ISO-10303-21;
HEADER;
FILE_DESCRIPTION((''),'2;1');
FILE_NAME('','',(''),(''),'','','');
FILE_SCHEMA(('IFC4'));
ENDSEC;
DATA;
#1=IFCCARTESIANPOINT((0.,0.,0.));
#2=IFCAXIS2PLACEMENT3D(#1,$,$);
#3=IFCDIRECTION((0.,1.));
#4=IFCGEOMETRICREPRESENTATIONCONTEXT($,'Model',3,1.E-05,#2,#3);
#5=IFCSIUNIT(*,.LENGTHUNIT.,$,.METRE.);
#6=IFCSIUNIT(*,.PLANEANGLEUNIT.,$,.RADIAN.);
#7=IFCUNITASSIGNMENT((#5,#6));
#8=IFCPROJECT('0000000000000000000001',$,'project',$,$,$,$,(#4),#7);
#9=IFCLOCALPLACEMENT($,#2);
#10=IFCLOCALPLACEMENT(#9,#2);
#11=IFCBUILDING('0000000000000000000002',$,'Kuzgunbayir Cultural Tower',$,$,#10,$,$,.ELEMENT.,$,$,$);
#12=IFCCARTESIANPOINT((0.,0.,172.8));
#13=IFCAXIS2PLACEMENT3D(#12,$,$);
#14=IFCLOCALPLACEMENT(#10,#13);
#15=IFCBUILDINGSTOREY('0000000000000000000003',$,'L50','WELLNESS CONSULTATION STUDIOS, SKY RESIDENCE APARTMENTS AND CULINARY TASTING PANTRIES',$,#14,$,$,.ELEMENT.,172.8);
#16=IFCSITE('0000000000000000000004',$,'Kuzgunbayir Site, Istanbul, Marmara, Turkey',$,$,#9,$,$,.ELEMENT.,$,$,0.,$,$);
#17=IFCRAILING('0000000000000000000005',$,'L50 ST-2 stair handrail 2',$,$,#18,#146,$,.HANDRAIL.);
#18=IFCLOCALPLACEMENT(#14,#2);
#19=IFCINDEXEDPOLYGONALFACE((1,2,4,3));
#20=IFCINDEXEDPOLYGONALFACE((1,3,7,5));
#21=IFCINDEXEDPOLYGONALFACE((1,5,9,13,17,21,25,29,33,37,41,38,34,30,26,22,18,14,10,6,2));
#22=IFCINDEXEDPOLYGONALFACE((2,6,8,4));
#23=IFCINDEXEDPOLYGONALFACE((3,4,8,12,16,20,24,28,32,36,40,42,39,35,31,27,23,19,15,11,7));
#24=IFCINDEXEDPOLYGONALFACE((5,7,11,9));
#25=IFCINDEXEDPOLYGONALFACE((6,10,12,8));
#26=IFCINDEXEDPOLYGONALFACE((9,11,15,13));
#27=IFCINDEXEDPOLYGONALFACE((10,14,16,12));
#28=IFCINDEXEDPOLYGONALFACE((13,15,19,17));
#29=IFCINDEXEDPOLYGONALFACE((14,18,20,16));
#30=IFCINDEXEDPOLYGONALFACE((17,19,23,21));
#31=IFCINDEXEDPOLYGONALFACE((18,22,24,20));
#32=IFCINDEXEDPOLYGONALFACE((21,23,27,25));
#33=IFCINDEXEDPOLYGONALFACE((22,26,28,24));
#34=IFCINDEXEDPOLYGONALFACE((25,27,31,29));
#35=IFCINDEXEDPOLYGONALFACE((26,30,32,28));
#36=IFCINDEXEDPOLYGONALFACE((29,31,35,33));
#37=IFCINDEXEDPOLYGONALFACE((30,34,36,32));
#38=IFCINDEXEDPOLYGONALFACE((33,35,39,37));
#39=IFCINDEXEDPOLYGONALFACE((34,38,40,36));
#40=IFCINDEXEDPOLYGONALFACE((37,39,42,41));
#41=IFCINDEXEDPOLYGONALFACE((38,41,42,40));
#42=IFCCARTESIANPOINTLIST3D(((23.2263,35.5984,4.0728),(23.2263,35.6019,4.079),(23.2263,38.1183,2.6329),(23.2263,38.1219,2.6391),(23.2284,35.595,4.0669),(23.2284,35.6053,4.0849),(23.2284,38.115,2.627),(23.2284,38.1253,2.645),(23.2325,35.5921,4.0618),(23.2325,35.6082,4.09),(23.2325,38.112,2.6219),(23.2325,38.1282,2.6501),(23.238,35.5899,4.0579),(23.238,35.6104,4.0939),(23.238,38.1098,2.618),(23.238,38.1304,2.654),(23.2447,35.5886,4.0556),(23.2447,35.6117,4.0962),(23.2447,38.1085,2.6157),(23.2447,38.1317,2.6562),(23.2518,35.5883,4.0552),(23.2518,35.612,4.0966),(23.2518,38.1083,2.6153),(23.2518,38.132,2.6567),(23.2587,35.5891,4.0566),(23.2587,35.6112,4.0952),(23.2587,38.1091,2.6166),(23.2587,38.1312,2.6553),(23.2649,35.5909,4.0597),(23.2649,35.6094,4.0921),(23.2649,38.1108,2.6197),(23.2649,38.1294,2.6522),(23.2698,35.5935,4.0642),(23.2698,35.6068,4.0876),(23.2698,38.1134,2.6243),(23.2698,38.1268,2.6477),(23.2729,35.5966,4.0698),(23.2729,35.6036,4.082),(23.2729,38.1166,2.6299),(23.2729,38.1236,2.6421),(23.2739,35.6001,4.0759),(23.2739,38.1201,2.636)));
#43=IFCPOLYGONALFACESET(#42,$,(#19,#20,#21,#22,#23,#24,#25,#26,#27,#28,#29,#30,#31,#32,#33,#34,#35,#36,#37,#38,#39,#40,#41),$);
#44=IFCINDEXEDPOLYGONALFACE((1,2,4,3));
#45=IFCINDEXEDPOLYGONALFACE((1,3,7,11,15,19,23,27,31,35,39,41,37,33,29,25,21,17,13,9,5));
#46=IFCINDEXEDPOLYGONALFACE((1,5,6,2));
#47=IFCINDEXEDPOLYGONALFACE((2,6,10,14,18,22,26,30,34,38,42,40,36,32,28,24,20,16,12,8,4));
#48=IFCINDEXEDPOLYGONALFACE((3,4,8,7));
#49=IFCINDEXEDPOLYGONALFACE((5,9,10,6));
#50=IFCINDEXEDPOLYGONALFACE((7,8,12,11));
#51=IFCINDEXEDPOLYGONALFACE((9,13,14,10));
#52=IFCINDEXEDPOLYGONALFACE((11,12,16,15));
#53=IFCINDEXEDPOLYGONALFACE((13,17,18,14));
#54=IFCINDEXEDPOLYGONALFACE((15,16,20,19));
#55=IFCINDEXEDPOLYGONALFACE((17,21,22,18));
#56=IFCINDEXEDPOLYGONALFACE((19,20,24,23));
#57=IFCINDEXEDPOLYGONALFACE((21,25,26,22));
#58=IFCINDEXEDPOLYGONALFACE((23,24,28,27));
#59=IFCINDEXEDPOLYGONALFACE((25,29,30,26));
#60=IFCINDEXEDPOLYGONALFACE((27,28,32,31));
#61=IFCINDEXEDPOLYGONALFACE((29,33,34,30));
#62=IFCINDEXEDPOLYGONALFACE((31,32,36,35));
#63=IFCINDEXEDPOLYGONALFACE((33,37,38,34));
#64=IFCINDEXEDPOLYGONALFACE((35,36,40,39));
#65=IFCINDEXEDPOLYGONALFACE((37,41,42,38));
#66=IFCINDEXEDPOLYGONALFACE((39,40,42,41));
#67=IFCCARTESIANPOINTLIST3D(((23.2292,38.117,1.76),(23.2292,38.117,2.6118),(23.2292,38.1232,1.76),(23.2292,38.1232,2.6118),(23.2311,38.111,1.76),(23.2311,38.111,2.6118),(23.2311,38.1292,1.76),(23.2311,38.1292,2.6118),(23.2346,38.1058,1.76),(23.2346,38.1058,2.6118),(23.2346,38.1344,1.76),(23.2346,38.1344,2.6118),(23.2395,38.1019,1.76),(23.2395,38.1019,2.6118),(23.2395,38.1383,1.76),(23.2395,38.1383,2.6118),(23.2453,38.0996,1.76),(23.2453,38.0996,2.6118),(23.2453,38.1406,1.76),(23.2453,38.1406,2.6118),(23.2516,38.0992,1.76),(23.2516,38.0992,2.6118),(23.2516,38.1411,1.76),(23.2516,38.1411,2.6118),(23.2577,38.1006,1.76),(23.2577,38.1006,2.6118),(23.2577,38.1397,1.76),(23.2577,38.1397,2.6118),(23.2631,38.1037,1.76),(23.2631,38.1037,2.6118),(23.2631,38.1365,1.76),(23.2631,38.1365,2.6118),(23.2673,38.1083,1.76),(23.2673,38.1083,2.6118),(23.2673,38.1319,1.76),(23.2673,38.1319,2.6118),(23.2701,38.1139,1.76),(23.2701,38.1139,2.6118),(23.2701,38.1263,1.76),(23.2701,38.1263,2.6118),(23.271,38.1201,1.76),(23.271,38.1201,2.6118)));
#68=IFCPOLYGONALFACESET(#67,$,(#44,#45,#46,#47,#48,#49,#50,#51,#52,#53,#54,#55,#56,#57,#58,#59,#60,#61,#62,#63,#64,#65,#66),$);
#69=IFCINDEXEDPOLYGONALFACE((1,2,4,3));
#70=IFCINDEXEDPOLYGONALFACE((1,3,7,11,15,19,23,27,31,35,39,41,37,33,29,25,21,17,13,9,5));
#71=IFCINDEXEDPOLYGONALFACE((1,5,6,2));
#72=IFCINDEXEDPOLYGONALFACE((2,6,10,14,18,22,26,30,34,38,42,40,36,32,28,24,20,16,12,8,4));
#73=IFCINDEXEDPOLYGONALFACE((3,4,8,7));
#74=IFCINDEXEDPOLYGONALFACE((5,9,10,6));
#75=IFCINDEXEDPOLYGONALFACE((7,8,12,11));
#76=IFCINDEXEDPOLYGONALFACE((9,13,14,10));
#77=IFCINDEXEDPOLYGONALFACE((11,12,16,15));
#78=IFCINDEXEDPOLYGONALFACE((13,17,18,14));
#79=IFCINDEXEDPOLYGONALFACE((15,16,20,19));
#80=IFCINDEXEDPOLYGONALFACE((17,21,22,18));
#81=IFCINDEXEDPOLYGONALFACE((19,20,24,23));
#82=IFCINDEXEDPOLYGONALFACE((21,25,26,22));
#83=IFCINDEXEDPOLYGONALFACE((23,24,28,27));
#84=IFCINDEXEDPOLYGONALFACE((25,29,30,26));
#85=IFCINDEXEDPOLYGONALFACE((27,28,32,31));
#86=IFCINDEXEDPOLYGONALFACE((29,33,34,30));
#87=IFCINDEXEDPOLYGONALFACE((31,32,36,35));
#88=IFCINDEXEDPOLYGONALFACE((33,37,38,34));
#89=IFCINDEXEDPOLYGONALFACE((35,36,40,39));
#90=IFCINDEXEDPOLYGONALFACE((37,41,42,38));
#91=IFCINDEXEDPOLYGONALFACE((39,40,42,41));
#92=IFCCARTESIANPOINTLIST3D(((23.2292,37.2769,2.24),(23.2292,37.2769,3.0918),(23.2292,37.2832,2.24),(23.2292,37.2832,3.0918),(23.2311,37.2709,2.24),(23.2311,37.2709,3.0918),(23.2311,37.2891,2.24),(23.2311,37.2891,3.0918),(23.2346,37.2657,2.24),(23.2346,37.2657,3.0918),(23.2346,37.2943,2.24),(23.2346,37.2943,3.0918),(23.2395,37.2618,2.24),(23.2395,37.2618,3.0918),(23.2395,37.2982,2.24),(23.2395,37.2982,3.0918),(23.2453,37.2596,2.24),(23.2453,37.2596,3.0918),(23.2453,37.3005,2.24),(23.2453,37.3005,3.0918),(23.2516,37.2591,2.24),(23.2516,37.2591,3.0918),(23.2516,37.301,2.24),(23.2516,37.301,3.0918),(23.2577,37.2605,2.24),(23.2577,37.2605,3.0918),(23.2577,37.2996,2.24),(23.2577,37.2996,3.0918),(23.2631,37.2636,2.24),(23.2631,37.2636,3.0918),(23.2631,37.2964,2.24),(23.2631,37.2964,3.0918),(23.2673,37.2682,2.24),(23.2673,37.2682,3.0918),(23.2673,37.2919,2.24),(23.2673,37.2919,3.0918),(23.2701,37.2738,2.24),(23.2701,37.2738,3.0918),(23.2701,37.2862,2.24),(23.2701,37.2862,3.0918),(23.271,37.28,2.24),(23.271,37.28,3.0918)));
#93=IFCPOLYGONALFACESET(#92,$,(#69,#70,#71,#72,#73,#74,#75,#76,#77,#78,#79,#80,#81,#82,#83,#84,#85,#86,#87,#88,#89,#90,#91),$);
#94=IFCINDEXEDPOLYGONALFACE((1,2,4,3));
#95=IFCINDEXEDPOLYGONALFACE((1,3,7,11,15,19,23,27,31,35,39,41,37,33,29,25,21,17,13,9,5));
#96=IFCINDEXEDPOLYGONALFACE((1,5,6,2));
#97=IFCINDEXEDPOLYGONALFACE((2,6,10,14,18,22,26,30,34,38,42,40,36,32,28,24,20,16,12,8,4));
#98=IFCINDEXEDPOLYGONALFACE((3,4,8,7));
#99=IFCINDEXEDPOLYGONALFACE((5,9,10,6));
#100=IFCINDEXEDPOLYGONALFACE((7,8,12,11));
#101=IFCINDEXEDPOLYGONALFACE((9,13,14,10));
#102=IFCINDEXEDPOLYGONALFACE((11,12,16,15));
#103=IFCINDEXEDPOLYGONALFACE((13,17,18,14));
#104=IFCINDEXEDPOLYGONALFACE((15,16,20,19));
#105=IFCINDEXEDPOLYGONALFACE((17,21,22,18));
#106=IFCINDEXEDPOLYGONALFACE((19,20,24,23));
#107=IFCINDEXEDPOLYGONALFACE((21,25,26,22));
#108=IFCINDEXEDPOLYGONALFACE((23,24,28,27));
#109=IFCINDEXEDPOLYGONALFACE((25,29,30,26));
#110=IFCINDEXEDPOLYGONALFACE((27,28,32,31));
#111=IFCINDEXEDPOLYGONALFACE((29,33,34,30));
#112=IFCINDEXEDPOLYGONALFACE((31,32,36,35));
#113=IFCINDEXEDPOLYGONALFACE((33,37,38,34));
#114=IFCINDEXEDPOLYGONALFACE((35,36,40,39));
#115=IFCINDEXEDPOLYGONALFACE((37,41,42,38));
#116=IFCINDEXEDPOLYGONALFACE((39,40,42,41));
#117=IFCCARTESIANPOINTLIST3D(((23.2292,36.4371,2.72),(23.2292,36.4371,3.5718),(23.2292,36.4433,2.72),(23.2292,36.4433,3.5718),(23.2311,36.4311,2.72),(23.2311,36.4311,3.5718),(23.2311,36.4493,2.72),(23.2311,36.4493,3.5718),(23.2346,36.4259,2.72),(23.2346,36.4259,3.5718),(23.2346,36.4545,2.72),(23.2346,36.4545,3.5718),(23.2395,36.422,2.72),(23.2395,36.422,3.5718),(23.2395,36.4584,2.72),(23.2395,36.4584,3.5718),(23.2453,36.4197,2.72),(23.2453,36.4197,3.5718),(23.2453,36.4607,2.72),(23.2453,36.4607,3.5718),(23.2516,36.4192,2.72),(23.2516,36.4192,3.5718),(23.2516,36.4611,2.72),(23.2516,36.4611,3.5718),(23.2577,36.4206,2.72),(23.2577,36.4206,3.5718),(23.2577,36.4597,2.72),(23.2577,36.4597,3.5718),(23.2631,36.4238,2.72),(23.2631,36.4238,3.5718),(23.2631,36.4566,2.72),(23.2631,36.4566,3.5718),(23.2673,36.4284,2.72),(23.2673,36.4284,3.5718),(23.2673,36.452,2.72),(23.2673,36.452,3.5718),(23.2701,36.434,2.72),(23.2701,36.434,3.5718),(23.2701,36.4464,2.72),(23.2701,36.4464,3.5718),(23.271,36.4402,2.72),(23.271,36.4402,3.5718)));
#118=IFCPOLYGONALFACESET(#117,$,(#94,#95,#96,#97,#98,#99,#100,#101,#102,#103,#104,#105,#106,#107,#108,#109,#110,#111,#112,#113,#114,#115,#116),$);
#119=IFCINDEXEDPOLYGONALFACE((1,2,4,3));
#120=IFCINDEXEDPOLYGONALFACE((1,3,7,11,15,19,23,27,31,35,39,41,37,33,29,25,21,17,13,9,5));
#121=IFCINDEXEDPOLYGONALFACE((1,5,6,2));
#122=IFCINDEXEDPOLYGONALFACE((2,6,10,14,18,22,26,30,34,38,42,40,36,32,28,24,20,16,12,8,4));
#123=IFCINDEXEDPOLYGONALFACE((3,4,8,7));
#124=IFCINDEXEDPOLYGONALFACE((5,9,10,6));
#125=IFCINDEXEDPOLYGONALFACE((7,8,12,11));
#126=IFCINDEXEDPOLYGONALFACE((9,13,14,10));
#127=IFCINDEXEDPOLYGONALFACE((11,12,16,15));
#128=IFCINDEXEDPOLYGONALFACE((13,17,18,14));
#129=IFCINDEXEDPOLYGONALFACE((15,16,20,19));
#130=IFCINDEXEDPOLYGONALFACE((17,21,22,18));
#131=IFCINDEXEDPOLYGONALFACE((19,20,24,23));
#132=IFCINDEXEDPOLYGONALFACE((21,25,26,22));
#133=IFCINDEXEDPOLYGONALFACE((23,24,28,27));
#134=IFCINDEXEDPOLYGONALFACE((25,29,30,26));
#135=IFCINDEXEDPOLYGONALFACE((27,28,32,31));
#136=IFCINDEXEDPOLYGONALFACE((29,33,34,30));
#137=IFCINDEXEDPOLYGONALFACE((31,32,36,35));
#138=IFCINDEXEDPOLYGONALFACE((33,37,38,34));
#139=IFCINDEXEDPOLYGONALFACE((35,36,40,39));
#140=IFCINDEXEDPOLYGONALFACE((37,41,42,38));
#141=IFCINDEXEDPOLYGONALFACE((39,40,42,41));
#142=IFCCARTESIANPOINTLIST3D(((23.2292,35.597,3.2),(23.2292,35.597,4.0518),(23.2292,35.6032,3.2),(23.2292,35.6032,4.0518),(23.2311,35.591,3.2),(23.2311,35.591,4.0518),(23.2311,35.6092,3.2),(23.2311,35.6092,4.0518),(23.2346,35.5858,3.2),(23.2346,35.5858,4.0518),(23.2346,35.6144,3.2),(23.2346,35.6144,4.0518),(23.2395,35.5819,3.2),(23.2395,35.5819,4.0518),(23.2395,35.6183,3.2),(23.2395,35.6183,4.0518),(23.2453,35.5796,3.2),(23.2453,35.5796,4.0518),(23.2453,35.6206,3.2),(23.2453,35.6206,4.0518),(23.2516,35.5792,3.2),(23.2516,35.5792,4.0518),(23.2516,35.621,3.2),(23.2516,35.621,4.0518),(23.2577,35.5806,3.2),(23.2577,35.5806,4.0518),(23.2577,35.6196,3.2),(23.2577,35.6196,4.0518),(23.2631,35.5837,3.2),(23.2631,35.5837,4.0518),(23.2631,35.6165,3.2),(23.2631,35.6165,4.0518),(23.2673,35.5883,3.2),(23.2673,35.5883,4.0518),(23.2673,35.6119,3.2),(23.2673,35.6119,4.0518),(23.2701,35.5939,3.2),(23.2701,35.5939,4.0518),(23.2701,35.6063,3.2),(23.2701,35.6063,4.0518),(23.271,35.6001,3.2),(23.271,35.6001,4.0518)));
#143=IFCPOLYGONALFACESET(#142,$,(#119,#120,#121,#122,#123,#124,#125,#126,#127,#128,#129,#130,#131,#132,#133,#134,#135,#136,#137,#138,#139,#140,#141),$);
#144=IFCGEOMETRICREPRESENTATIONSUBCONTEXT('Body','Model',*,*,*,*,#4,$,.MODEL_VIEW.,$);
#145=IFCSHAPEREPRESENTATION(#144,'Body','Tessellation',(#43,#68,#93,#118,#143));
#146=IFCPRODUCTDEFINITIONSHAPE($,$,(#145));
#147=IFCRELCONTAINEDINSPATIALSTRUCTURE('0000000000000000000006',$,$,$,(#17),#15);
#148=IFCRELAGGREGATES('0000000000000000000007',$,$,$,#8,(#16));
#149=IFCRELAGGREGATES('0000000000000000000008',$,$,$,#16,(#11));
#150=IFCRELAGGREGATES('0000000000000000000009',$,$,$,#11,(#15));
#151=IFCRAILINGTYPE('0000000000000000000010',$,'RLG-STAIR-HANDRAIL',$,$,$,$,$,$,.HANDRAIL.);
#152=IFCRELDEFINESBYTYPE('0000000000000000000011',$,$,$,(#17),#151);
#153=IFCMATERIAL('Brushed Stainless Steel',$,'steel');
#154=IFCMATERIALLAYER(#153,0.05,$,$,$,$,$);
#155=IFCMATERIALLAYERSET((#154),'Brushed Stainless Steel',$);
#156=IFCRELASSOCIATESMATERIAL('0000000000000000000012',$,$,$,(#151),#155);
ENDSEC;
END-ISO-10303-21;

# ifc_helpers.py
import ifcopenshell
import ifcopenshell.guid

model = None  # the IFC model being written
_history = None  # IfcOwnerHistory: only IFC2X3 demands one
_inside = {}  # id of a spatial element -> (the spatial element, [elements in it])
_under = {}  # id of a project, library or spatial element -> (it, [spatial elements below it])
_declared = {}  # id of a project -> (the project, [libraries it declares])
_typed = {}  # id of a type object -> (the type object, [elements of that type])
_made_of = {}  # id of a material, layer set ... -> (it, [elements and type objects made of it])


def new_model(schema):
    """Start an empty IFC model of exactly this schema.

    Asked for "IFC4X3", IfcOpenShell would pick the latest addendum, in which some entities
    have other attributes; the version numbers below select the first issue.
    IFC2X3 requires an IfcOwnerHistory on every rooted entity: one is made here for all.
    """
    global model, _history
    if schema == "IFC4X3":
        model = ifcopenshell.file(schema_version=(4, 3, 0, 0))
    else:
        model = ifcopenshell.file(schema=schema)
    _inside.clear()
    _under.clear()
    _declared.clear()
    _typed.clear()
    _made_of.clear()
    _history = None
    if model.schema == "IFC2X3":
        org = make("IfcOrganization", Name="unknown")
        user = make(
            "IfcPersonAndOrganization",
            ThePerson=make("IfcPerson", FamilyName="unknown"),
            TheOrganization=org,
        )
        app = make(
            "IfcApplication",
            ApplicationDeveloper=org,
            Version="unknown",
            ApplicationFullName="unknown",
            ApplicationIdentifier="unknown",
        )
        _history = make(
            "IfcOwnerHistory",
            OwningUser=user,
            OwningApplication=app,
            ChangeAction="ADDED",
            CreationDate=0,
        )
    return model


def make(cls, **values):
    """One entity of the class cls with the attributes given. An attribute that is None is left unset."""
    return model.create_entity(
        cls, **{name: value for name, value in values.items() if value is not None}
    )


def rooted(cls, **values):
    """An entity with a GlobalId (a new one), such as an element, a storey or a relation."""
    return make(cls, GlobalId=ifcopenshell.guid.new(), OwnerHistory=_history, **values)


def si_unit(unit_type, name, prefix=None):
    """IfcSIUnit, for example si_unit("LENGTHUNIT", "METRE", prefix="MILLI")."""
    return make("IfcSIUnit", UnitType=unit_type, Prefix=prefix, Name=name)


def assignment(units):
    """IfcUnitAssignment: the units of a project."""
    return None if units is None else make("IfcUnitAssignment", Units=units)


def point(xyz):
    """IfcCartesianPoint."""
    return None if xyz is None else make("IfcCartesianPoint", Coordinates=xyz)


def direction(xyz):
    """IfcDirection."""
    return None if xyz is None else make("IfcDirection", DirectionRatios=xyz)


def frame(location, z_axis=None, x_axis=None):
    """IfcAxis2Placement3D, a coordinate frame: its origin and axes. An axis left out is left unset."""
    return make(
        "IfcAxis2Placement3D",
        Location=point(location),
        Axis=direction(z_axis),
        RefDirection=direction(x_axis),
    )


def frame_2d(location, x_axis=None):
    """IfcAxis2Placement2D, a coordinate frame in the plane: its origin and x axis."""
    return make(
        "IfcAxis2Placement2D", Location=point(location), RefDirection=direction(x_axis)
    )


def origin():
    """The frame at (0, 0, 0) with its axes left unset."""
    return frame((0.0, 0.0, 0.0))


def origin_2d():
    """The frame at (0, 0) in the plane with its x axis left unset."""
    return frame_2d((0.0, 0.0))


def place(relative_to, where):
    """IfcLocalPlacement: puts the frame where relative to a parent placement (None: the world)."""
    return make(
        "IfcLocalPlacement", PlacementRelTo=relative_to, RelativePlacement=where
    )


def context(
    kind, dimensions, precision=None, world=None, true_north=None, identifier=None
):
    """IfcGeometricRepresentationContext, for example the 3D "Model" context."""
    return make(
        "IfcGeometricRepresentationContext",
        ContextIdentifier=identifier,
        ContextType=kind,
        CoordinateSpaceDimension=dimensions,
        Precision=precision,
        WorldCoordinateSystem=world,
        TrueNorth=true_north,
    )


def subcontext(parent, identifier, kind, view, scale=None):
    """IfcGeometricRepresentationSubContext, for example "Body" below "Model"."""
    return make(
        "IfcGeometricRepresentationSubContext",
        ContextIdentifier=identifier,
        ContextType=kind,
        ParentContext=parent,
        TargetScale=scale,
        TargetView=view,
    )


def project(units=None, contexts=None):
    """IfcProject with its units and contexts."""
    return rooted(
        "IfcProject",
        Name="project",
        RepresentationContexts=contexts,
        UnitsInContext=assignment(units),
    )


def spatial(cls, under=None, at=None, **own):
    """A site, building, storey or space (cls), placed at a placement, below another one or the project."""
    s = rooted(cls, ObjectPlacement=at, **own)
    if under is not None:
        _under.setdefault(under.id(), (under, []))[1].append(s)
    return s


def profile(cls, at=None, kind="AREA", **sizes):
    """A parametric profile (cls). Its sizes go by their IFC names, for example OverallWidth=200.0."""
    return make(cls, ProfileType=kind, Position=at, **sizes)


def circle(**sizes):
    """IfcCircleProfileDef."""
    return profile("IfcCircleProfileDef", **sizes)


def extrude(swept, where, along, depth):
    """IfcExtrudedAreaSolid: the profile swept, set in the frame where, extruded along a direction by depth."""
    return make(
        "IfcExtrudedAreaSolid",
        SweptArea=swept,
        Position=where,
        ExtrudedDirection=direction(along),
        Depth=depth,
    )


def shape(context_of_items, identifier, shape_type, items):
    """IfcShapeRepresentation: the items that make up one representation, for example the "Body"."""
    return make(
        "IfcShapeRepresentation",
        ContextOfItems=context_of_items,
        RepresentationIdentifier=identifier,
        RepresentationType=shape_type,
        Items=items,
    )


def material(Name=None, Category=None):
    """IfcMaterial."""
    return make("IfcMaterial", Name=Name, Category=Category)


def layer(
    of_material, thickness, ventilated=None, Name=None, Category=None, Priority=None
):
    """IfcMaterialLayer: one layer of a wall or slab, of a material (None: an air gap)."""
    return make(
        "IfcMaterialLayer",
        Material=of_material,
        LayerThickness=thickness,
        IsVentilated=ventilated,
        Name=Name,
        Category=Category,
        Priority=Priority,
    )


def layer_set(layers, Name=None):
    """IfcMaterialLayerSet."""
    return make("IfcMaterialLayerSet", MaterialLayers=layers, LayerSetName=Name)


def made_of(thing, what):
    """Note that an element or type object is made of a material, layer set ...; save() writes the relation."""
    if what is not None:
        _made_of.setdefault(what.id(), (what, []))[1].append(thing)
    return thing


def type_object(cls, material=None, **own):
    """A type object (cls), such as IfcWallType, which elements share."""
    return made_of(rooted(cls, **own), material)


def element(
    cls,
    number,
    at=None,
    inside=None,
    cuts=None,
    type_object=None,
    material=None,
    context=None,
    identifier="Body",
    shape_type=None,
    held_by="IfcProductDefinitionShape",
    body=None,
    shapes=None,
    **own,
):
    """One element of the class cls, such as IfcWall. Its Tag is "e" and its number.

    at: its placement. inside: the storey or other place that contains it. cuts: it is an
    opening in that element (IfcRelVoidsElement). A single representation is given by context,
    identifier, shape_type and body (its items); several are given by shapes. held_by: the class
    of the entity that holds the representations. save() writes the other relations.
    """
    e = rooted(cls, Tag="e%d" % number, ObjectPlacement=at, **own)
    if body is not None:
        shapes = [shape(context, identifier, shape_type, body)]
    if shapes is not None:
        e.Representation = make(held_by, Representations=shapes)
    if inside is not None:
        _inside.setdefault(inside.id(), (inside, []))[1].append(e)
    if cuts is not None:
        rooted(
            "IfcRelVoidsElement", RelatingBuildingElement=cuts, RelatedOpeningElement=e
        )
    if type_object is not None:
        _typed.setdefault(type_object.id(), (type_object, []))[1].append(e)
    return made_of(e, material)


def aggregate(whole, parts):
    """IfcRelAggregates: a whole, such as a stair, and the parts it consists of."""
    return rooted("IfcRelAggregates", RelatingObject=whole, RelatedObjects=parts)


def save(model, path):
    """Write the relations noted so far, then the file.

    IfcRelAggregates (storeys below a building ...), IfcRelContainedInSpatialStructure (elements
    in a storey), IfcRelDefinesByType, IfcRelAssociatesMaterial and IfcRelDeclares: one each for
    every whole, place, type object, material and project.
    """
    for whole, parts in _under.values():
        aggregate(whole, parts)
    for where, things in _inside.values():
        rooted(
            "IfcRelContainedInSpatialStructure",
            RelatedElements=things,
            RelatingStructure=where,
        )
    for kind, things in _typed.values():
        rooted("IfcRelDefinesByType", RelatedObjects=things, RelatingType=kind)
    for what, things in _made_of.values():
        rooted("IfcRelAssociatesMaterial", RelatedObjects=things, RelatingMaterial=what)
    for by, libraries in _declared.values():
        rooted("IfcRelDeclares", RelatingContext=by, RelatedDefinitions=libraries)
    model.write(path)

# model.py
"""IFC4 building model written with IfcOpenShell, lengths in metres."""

from ifc_helpers import new_model, si_unit, direction, frame, origin, origin_2d, place, context, subcontext, project, spatial, circle, extrude, material, layer, layer_set, type_object, element, save


model = new_model("IFC4")

# Units and contexts
model_context = context("Model", 3, precision=1e-05, world=origin(), true_north=direction((0.0, 1.0)))
body_context = subcontext(model_context, "Body", "Model", "MODEL_VIEW")
ifc_project = project(units=[si_unit("LENGTHUNIT", "METRE"), si_unit("PLANEANGLEUNIT", "RADIAN")], contexts=[model_context])

# Site, building, storey
site_placement = place(None, origin())
site = spatial("IfcSite", under=ifc_project, at=site_placement, Name="Kuzgunbayir Site, Istanbul, Marmara, Turkey", CompositionType="ELEMENT", RefElevation=0.0)
building_placement = place(site_placement, origin())
building = spatial("IfcBuilding", under=site, at=building_placement, Name="Kuzgunbayir Cultural Tower", CompositionType="ELEMENT")
storey_placement = place(building_placement, frame((0.0, 0.0, 172.8)))
storey = spatial("IfcBuildingStorey", under=building, at=storey_placement, Name="L50", Description="WELLNESS CONSULTATION STUDIOS, SKY RESIDENCE APARTMENTS AND CULINARY TASTING PANTRIES", CompositionType="ELEMENT", Elevation=172.8)

# Shared definitions
ifc_material_1 = material(Name="Brushed Stainless Steel", Category="steel")

# Railing
ifc_layer_1 = layer(ifc_material_1, 0.05)
ifc_layer_set_1 = layer_set([ifc_layer_1], Name="Brushed Stainless Steel")
railing_type_1 = type_object("IfcRailingType", Name="RLG-STAIR-HANDRAIL", PredefinedType="HANDRAIL", material=ifc_layer_set_1)
railing_1_placement = place(storey_placement, frame((23.25, 38.1201, 1.76)))
element("IfcRailing", 1, at=railing_1_placement, inside=storey, type_object=railing_type_1, Name="L50 ST-2 stair handrail 2", PredefinedType="HANDRAIL", context=body_context, shape_type="SweptSolid", body=[
    extrude(circle(Radius=0.0239, at=origin_2d()), frame((0.0, 0.0, 0.876), z_axis=(0.0, -0.868253, 0.496121), x_axis=(1.0, 0.0, 0.0)), (0.0, 0.0, 1.0), 2.9023),
    extrude(circle(Radius=0.021, at=origin_2d()), origin(), (0.0, 0.0, 1.0), 0.8518),
    extrude(circle(Radius=0.021, at=origin_2d()), frame((0.0, -0.8401, 0.48)), (0.0, 0.0, 1.0), 0.8518),
    extrude(circle(Radius=0.021, at=origin_2d()), frame((0.0, -1.6799, 0.96)), (0.0, 0.0, 1.0), 0.8518),
    extrude(circle(Radius=0.021, at=origin_2d()), frame((0.0, -2.52, 1.4399)), (0.0, 0.0, 1.0), 0.8518),
])

save(model, "model.ifc")
